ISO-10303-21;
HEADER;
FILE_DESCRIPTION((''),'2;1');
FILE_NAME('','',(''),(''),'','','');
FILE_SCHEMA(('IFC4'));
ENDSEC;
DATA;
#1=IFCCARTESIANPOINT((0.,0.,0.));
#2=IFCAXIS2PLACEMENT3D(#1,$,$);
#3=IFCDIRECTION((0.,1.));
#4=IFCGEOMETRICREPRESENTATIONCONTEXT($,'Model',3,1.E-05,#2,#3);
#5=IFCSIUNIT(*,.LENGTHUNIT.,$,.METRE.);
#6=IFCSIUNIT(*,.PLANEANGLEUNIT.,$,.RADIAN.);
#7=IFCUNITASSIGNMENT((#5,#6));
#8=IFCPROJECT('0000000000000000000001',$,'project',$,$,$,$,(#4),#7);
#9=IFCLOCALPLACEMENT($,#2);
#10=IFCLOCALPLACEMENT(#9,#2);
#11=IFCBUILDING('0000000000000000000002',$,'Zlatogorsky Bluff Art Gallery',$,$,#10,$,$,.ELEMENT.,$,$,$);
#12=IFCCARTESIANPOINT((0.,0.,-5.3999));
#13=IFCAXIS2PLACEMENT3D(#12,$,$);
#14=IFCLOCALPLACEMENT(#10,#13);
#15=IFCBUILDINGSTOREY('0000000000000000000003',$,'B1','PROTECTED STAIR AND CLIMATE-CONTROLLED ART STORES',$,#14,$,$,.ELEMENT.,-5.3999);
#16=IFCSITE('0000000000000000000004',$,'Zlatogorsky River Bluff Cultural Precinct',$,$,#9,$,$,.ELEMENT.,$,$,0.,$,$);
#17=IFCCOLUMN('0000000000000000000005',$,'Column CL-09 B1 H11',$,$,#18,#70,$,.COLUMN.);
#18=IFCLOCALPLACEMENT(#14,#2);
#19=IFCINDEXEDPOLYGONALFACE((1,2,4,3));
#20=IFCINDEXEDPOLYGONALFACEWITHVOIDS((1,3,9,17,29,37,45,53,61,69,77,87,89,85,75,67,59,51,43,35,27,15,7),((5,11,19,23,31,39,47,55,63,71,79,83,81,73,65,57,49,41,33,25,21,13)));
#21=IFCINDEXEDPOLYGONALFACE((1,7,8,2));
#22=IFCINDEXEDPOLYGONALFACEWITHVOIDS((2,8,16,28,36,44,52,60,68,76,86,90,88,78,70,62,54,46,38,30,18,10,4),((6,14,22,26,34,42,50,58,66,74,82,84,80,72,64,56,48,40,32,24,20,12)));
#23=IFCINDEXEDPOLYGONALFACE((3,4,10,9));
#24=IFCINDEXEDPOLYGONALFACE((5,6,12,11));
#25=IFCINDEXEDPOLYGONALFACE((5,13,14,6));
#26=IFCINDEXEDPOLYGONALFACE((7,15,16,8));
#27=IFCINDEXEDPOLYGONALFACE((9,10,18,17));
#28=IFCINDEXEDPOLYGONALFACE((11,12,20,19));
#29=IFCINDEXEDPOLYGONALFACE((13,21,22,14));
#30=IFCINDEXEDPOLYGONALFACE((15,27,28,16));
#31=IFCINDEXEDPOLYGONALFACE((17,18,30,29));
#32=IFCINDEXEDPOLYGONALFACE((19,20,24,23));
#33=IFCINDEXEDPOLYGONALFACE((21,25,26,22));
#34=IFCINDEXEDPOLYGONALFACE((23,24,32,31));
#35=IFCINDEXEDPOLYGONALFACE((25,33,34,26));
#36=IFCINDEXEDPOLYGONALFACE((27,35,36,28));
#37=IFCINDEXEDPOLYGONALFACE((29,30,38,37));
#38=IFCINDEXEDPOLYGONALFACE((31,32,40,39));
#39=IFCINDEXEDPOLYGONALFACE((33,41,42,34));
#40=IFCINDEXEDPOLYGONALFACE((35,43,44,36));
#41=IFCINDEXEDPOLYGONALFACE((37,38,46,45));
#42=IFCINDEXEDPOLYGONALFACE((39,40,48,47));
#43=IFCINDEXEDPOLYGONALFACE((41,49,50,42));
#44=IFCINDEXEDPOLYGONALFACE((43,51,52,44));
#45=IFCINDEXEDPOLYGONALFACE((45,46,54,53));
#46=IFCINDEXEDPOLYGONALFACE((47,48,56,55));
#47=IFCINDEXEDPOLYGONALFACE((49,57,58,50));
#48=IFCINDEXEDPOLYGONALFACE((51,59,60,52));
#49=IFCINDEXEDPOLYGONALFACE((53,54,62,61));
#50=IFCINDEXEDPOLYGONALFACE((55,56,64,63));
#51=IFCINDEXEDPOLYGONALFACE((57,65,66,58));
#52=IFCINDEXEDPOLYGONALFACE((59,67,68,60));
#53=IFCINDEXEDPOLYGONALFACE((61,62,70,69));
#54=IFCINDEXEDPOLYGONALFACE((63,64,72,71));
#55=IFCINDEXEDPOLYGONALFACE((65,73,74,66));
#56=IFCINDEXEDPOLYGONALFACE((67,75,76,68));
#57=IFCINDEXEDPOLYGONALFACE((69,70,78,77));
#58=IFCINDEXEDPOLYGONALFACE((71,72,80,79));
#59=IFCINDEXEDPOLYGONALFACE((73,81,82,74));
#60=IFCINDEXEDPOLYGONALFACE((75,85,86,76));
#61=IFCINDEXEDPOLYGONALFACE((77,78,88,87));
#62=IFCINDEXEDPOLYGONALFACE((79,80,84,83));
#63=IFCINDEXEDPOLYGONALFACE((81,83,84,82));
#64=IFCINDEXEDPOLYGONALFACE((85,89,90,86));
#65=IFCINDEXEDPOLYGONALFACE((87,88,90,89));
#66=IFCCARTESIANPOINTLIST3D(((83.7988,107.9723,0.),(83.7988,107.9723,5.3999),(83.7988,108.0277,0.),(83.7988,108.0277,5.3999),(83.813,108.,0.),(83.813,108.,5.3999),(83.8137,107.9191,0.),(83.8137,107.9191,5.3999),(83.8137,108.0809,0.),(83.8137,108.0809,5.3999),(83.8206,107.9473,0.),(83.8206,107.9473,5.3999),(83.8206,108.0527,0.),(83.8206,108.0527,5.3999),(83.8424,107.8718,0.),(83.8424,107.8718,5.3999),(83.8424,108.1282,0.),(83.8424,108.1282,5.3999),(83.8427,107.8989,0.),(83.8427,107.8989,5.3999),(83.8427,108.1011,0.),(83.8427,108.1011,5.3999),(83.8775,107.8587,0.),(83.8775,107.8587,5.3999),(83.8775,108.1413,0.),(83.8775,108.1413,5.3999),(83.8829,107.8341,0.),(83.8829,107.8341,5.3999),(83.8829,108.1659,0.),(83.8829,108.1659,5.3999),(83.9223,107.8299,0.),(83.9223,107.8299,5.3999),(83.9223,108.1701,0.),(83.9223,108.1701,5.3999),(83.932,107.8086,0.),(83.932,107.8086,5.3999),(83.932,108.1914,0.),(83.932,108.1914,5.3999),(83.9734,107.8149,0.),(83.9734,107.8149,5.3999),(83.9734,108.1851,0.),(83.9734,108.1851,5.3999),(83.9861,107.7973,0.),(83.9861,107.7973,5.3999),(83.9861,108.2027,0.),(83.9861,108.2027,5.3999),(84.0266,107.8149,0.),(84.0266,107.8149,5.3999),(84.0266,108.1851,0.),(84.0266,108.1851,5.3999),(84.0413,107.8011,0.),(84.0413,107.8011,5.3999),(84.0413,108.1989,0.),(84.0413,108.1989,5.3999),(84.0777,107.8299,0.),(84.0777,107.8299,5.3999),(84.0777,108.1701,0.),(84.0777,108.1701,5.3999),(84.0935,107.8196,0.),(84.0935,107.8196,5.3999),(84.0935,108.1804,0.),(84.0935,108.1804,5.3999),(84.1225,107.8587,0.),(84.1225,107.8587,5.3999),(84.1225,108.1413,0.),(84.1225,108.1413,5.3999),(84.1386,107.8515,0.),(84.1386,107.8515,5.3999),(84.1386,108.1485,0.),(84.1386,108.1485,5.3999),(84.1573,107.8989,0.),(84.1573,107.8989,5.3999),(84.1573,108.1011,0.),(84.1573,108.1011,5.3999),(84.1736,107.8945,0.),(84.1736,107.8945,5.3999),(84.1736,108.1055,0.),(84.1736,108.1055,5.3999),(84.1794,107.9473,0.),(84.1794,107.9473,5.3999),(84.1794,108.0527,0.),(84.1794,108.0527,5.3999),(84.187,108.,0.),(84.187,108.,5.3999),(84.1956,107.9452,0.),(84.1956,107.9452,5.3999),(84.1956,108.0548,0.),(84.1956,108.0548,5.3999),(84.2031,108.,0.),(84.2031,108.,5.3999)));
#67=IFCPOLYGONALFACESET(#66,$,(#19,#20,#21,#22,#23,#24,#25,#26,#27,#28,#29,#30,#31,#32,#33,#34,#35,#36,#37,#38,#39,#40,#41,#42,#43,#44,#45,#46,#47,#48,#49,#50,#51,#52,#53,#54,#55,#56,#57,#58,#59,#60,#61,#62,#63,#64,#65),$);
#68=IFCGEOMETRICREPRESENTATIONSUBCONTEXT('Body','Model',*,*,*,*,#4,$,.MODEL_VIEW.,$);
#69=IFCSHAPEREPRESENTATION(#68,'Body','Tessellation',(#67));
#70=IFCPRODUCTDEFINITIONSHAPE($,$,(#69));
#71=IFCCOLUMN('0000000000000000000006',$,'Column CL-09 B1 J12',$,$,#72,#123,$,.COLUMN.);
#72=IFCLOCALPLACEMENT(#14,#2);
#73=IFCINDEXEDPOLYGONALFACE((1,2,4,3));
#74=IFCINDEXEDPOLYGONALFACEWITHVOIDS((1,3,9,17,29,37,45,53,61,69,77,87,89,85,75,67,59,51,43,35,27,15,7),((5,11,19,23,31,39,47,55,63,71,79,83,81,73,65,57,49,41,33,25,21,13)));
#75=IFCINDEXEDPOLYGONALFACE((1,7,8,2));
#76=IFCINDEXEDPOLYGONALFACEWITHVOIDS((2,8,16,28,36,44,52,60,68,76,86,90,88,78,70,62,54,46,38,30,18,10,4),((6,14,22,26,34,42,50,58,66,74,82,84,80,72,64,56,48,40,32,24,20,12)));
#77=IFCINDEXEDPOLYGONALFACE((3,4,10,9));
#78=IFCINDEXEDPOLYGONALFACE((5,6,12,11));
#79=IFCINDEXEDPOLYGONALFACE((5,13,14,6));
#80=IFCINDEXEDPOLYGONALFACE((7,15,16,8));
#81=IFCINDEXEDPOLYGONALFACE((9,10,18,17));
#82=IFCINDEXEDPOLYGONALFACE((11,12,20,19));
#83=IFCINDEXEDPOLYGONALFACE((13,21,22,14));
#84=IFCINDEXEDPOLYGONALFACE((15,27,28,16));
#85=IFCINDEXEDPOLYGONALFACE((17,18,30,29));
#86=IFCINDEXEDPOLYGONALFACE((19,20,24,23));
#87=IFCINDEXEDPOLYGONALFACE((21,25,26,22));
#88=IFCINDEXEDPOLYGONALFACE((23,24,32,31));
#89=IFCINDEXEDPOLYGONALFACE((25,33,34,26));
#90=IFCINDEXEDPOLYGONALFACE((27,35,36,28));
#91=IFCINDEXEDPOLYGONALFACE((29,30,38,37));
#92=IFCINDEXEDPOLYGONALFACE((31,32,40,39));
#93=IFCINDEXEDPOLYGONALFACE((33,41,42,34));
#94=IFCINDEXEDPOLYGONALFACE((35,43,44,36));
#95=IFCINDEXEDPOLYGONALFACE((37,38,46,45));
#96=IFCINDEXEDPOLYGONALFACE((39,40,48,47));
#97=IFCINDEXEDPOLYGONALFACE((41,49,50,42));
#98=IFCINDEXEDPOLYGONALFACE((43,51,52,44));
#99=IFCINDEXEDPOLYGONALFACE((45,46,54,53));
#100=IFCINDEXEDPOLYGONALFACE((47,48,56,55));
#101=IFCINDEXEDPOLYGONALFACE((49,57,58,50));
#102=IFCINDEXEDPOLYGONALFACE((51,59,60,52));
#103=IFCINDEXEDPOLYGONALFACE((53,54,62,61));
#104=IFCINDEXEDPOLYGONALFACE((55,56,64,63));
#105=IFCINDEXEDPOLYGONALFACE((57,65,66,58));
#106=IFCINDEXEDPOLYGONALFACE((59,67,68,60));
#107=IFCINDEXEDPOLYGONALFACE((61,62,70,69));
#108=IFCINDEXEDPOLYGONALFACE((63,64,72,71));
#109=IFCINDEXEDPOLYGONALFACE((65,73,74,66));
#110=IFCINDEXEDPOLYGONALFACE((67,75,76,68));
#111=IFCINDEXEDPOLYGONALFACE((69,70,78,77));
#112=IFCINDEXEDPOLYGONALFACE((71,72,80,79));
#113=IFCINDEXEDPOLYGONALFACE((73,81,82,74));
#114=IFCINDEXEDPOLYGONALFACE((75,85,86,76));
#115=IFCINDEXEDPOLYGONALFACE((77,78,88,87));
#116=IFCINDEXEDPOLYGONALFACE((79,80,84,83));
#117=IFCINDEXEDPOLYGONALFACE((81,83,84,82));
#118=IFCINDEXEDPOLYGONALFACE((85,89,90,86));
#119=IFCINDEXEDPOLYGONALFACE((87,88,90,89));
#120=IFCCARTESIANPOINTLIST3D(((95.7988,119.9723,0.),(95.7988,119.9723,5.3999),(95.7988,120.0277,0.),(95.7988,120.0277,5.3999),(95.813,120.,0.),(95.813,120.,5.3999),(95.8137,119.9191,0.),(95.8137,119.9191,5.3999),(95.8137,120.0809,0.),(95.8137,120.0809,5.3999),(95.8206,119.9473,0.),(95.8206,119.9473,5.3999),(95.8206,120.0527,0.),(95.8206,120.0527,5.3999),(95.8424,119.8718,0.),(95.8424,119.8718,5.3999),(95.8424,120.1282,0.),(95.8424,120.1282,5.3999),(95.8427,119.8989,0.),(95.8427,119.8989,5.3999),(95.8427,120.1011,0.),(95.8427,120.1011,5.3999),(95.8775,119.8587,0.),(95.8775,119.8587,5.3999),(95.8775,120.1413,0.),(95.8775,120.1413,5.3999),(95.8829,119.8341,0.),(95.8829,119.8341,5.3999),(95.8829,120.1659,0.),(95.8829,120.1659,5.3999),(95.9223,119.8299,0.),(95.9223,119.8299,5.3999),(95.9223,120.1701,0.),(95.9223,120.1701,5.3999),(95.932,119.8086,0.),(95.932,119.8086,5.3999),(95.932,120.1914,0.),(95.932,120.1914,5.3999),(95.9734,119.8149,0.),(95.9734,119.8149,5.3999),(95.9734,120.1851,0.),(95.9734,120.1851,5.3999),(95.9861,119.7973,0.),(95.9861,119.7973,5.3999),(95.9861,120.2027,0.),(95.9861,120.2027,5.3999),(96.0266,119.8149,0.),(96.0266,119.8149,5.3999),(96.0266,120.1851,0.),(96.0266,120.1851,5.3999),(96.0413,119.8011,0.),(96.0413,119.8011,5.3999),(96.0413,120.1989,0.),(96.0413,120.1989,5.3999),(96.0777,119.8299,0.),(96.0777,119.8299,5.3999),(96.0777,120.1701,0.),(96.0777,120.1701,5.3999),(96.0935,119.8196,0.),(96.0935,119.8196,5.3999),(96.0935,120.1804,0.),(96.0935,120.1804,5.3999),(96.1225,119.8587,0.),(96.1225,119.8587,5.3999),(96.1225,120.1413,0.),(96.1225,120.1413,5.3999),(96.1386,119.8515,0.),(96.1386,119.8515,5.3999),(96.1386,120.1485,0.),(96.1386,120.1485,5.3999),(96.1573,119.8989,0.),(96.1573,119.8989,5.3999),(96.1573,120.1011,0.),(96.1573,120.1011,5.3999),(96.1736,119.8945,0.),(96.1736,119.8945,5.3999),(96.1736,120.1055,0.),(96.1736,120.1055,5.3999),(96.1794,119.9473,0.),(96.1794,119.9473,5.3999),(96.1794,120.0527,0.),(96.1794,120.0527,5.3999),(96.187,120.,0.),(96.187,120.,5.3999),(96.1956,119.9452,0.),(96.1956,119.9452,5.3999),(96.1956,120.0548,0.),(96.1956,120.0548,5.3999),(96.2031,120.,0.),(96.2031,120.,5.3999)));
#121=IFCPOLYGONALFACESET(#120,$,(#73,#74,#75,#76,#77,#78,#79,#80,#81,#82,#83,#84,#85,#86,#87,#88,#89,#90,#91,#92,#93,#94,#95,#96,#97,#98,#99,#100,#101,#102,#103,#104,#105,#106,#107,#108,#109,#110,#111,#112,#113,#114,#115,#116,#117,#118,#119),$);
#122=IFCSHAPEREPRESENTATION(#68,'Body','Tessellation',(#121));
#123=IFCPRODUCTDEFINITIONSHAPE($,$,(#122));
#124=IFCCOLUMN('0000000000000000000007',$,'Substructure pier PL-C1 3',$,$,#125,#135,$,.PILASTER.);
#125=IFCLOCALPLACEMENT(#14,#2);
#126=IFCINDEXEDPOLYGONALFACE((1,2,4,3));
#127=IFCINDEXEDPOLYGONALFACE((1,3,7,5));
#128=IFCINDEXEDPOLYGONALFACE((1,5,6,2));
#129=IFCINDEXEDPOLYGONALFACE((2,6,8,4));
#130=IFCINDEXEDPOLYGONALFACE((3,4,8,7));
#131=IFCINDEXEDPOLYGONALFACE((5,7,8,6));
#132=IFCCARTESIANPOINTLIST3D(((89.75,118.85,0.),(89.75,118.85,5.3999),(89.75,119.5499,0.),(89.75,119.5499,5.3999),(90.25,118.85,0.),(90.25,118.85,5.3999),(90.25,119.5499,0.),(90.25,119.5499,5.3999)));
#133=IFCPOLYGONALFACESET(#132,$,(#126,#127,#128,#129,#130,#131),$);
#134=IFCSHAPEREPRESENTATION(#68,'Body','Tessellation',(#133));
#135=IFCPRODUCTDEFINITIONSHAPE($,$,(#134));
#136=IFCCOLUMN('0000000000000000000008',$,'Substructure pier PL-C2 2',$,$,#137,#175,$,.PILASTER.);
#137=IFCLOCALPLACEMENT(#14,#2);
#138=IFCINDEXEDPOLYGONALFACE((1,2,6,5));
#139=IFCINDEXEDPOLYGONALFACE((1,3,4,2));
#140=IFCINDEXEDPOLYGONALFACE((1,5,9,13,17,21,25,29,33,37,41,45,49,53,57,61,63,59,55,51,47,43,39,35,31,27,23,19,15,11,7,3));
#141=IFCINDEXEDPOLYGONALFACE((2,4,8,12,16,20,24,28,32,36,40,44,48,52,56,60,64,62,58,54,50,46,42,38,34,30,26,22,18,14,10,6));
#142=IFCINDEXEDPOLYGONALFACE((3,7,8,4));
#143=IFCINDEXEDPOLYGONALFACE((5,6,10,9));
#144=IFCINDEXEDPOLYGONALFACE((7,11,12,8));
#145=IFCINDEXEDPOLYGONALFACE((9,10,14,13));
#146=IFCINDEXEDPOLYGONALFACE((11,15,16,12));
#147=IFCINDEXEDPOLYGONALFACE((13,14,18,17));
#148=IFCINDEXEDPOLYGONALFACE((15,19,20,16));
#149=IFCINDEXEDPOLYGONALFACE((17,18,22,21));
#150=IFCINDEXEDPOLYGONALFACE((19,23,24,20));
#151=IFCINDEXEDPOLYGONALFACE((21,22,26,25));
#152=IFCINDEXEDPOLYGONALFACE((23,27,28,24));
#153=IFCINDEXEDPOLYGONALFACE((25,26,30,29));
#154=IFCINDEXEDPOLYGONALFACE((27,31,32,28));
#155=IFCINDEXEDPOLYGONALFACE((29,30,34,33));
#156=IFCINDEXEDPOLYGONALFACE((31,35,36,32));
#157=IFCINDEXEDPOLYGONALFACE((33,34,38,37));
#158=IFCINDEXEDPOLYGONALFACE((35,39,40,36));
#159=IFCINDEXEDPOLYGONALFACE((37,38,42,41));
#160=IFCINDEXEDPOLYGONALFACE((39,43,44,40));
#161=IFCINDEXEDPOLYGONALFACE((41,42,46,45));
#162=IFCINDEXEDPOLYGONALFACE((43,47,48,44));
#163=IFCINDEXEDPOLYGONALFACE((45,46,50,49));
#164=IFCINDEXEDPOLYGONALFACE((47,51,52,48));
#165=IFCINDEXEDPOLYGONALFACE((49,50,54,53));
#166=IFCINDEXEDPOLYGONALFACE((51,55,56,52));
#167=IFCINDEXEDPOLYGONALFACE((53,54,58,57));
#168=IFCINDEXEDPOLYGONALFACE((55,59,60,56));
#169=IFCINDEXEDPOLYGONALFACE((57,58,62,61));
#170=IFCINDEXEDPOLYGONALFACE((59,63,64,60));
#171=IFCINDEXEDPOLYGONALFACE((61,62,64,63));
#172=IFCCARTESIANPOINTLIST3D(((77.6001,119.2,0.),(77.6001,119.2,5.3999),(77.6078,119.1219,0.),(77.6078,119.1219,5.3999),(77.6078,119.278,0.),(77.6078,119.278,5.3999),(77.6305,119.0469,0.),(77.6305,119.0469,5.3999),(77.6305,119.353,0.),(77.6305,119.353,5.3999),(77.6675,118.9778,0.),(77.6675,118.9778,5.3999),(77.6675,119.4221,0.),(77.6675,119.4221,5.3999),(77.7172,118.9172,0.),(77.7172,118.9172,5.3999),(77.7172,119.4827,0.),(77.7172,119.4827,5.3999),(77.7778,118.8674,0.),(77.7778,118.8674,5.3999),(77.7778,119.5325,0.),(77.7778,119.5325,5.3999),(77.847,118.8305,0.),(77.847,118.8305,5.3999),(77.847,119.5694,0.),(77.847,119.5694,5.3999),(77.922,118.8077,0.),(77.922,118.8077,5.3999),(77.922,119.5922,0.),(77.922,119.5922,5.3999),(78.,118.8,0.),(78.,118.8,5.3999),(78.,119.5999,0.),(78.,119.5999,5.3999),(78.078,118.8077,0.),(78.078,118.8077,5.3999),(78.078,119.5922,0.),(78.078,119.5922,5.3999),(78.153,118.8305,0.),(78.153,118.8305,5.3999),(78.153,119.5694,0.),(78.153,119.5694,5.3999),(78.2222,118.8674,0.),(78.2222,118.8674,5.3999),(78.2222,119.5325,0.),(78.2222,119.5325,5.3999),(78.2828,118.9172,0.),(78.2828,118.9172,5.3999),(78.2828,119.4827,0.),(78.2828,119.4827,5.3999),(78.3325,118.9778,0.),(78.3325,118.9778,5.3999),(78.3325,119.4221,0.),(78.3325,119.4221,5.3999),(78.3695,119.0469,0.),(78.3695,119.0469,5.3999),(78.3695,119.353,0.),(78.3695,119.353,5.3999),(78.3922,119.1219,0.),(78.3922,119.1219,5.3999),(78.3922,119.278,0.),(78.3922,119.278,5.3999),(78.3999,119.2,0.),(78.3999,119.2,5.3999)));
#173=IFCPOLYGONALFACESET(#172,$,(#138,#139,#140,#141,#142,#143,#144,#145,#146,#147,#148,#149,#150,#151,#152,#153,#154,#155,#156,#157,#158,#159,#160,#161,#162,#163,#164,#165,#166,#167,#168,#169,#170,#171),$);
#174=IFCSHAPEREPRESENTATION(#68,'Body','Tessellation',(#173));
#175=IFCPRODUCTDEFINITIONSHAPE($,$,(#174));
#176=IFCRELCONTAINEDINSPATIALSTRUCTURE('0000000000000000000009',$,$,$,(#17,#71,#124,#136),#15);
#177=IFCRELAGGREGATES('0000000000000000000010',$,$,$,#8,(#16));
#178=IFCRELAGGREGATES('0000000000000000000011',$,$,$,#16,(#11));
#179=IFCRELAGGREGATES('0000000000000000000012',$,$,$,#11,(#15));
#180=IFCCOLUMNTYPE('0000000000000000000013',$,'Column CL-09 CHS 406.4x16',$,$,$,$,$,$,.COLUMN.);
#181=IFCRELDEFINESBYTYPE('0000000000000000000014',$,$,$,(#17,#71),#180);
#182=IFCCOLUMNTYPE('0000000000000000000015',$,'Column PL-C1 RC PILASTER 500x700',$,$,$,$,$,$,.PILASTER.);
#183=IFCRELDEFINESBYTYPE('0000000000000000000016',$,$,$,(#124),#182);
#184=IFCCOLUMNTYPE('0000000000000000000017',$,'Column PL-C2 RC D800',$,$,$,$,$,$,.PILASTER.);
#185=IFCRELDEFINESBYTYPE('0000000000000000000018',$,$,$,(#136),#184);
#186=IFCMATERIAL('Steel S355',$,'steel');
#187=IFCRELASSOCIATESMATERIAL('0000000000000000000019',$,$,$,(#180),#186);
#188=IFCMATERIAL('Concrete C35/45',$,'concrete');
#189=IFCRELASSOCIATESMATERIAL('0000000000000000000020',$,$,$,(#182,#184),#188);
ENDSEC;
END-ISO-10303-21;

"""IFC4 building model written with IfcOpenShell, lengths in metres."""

from ifc_helpers import new_model, si_unit, direction, frame, origin, origin_2d, place, context, subcontext, project, spatial, rectangle, circle, hollow_circle, extrude, material, material_profile, profile_set, type_object, element, save


model = new_model("IFC4")

# Units and contexts
model_context = context("Model", 3, precision=1e-05, world=origin(), true_north=direction((0.0, 1.0)))
body_context = subcontext(model_context, "Body", "Model", "MODEL_VIEW")
ifc_project = project(units=[si_unit("LENGTHUNIT", "METRE"), si_unit("PLANEANGLEUNIT", "RADIAN")], contexts=[model_context])

# Site, building, storey
site_placement = place(None, origin())
site = spatial("IfcSite", under=ifc_project, at=site_placement, Name="Zlatogorsky River Bluff Cultural Precinct", CompositionType="ELEMENT", RefElevation=0.0)
building_placement = place(site_placement, origin())
building = spatial("IfcBuilding", under=site, at=building_placement, Name="Zlatogorsky Bluff Art Gallery", CompositionType="ELEMENT")
storey_placement = place(building_placement, frame((0.0, 0.0, -5.3999)))
storey = spatial("IfcBuildingStorey", under=building, at=storey_placement, Name="B1", Description="PROTECTED STAIR AND CLIMATE-CONTROLLED ART STORES", CompositionType="ELEMENT", Elevation=-5.3999)

# Shared definitions
ifc_material_1 = material(Name="Concrete C35/45", Category="concrete")

# Columns
ifc_material_2 = material(Name="Steel S355", Category="steel")
ifc_material_profile_1 = material_profile(ifc_material_2, hollow_circle(Radius=0.2031, WallThickness=0.0161, at=origin_2d()), Name="CHS 406.4x16")
ifc_profile_set_1 = profile_set([ifc_material_profile_1], Name="Steel S355")
column_type_1 = type_object("IfcColumnType", Name="Column CL-09 CHS 406.4x16", PredefinedType="COLUMN", material=ifc_profile_set_1)
for number, where, z_axis, x_axis, name in (
    (1, (84.0, 108.0, 0.0), (0.0, 0.0, 1.0), (1.0, 0.0, 0.0), "Column CL-09 B1 H11"),
    (2, (96.0, 120.0, 0.0), (0.0, 0.0, 1.0), (1.0, 0.0, 0.0), "Column CL-09 B1 J12"),
):
    element("IfcColumn", number, at=place(storey_placement, frame(where, z_axis=z_axis, x_axis=x_axis)), inside=storey, type_object=column_type_1, Name=name, PredefinedType="COLUMN", context=body_context, shape_type="SweptSolid", body=[
        extrude(hollow_circle(Radius=0.2031, WallThickness=0.0161, at=origin_2d()), origin(), (0.0, 0.0, 1.0), 5.3999),
    ])
ifc_material_profile_2 = material_profile(ifc_material_1, rectangle(XDim=0.5, YDim=0.7, at=origin_2d()), Name="RC PILASTER 500x700")
ifc_profile_set_2 = profile_set([ifc_material_profile_2], Name="Concrete C35/45")
column_type_2 = type_object("IfcColumnType", Name="Column PL-C1 RC PILASTER 500x700", PredefinedType="PILASTER", material=ifc_profile_set_2)
column_1_placement = place(storey_placement, frame((90.0, 119.2, 0.0), z_axis=(0.0, 0.0, 1.0), x_axis=(1.0, 0.0, 0.0)))
element("IfcColumn", 3, at=column_1_placement, inside=storey, type_object=column_type_2, Name="Substructure pier PL-C1 3", PredefinedType="PILASTER", context=body_context, shape_type="SweptSolid", body=[
    extrude(rectangle(XDim=0.5, YDim=0.7, at=origin_2d()), origin(), (0.0, 0.0, 1.0), 5.3999),
])
ifc_material_profile_3 = material_profile(ifc_material_1, circle(Radius=0.3999, at=origin_2d()), Name="RC D800")
ifc_profile_set_3 = profile_set([ifc_material_profile_3], Name="Concrete C35/45")
column_type_3 = type_object("IfcColumnType", Name="Column PL-C2 RC D800", PredefinedType="PILASTER", material=ifc_profile_set_3)
column_2_placement = place(storey_placement, frame((78.0, 119.2, 0.0), z_axis=(0.0, 0.0, 1.0), x_axis=(1.0, 0.0, 0.0)))
element("IfcColumn", 4, at=column_2_placement, inside=storey, type_object=column_type_3, Name="Substructure pier PL-C2 2", PredefinedType="PILASTER", context=body_context, shape_type="SweptSolid", body=[
    extrude(circle(Radius=0.3999, at=origin_2d()), origin(), (0.0, 0.0, 1.0), 5.3999),
])

save(model, "model.ifc")
